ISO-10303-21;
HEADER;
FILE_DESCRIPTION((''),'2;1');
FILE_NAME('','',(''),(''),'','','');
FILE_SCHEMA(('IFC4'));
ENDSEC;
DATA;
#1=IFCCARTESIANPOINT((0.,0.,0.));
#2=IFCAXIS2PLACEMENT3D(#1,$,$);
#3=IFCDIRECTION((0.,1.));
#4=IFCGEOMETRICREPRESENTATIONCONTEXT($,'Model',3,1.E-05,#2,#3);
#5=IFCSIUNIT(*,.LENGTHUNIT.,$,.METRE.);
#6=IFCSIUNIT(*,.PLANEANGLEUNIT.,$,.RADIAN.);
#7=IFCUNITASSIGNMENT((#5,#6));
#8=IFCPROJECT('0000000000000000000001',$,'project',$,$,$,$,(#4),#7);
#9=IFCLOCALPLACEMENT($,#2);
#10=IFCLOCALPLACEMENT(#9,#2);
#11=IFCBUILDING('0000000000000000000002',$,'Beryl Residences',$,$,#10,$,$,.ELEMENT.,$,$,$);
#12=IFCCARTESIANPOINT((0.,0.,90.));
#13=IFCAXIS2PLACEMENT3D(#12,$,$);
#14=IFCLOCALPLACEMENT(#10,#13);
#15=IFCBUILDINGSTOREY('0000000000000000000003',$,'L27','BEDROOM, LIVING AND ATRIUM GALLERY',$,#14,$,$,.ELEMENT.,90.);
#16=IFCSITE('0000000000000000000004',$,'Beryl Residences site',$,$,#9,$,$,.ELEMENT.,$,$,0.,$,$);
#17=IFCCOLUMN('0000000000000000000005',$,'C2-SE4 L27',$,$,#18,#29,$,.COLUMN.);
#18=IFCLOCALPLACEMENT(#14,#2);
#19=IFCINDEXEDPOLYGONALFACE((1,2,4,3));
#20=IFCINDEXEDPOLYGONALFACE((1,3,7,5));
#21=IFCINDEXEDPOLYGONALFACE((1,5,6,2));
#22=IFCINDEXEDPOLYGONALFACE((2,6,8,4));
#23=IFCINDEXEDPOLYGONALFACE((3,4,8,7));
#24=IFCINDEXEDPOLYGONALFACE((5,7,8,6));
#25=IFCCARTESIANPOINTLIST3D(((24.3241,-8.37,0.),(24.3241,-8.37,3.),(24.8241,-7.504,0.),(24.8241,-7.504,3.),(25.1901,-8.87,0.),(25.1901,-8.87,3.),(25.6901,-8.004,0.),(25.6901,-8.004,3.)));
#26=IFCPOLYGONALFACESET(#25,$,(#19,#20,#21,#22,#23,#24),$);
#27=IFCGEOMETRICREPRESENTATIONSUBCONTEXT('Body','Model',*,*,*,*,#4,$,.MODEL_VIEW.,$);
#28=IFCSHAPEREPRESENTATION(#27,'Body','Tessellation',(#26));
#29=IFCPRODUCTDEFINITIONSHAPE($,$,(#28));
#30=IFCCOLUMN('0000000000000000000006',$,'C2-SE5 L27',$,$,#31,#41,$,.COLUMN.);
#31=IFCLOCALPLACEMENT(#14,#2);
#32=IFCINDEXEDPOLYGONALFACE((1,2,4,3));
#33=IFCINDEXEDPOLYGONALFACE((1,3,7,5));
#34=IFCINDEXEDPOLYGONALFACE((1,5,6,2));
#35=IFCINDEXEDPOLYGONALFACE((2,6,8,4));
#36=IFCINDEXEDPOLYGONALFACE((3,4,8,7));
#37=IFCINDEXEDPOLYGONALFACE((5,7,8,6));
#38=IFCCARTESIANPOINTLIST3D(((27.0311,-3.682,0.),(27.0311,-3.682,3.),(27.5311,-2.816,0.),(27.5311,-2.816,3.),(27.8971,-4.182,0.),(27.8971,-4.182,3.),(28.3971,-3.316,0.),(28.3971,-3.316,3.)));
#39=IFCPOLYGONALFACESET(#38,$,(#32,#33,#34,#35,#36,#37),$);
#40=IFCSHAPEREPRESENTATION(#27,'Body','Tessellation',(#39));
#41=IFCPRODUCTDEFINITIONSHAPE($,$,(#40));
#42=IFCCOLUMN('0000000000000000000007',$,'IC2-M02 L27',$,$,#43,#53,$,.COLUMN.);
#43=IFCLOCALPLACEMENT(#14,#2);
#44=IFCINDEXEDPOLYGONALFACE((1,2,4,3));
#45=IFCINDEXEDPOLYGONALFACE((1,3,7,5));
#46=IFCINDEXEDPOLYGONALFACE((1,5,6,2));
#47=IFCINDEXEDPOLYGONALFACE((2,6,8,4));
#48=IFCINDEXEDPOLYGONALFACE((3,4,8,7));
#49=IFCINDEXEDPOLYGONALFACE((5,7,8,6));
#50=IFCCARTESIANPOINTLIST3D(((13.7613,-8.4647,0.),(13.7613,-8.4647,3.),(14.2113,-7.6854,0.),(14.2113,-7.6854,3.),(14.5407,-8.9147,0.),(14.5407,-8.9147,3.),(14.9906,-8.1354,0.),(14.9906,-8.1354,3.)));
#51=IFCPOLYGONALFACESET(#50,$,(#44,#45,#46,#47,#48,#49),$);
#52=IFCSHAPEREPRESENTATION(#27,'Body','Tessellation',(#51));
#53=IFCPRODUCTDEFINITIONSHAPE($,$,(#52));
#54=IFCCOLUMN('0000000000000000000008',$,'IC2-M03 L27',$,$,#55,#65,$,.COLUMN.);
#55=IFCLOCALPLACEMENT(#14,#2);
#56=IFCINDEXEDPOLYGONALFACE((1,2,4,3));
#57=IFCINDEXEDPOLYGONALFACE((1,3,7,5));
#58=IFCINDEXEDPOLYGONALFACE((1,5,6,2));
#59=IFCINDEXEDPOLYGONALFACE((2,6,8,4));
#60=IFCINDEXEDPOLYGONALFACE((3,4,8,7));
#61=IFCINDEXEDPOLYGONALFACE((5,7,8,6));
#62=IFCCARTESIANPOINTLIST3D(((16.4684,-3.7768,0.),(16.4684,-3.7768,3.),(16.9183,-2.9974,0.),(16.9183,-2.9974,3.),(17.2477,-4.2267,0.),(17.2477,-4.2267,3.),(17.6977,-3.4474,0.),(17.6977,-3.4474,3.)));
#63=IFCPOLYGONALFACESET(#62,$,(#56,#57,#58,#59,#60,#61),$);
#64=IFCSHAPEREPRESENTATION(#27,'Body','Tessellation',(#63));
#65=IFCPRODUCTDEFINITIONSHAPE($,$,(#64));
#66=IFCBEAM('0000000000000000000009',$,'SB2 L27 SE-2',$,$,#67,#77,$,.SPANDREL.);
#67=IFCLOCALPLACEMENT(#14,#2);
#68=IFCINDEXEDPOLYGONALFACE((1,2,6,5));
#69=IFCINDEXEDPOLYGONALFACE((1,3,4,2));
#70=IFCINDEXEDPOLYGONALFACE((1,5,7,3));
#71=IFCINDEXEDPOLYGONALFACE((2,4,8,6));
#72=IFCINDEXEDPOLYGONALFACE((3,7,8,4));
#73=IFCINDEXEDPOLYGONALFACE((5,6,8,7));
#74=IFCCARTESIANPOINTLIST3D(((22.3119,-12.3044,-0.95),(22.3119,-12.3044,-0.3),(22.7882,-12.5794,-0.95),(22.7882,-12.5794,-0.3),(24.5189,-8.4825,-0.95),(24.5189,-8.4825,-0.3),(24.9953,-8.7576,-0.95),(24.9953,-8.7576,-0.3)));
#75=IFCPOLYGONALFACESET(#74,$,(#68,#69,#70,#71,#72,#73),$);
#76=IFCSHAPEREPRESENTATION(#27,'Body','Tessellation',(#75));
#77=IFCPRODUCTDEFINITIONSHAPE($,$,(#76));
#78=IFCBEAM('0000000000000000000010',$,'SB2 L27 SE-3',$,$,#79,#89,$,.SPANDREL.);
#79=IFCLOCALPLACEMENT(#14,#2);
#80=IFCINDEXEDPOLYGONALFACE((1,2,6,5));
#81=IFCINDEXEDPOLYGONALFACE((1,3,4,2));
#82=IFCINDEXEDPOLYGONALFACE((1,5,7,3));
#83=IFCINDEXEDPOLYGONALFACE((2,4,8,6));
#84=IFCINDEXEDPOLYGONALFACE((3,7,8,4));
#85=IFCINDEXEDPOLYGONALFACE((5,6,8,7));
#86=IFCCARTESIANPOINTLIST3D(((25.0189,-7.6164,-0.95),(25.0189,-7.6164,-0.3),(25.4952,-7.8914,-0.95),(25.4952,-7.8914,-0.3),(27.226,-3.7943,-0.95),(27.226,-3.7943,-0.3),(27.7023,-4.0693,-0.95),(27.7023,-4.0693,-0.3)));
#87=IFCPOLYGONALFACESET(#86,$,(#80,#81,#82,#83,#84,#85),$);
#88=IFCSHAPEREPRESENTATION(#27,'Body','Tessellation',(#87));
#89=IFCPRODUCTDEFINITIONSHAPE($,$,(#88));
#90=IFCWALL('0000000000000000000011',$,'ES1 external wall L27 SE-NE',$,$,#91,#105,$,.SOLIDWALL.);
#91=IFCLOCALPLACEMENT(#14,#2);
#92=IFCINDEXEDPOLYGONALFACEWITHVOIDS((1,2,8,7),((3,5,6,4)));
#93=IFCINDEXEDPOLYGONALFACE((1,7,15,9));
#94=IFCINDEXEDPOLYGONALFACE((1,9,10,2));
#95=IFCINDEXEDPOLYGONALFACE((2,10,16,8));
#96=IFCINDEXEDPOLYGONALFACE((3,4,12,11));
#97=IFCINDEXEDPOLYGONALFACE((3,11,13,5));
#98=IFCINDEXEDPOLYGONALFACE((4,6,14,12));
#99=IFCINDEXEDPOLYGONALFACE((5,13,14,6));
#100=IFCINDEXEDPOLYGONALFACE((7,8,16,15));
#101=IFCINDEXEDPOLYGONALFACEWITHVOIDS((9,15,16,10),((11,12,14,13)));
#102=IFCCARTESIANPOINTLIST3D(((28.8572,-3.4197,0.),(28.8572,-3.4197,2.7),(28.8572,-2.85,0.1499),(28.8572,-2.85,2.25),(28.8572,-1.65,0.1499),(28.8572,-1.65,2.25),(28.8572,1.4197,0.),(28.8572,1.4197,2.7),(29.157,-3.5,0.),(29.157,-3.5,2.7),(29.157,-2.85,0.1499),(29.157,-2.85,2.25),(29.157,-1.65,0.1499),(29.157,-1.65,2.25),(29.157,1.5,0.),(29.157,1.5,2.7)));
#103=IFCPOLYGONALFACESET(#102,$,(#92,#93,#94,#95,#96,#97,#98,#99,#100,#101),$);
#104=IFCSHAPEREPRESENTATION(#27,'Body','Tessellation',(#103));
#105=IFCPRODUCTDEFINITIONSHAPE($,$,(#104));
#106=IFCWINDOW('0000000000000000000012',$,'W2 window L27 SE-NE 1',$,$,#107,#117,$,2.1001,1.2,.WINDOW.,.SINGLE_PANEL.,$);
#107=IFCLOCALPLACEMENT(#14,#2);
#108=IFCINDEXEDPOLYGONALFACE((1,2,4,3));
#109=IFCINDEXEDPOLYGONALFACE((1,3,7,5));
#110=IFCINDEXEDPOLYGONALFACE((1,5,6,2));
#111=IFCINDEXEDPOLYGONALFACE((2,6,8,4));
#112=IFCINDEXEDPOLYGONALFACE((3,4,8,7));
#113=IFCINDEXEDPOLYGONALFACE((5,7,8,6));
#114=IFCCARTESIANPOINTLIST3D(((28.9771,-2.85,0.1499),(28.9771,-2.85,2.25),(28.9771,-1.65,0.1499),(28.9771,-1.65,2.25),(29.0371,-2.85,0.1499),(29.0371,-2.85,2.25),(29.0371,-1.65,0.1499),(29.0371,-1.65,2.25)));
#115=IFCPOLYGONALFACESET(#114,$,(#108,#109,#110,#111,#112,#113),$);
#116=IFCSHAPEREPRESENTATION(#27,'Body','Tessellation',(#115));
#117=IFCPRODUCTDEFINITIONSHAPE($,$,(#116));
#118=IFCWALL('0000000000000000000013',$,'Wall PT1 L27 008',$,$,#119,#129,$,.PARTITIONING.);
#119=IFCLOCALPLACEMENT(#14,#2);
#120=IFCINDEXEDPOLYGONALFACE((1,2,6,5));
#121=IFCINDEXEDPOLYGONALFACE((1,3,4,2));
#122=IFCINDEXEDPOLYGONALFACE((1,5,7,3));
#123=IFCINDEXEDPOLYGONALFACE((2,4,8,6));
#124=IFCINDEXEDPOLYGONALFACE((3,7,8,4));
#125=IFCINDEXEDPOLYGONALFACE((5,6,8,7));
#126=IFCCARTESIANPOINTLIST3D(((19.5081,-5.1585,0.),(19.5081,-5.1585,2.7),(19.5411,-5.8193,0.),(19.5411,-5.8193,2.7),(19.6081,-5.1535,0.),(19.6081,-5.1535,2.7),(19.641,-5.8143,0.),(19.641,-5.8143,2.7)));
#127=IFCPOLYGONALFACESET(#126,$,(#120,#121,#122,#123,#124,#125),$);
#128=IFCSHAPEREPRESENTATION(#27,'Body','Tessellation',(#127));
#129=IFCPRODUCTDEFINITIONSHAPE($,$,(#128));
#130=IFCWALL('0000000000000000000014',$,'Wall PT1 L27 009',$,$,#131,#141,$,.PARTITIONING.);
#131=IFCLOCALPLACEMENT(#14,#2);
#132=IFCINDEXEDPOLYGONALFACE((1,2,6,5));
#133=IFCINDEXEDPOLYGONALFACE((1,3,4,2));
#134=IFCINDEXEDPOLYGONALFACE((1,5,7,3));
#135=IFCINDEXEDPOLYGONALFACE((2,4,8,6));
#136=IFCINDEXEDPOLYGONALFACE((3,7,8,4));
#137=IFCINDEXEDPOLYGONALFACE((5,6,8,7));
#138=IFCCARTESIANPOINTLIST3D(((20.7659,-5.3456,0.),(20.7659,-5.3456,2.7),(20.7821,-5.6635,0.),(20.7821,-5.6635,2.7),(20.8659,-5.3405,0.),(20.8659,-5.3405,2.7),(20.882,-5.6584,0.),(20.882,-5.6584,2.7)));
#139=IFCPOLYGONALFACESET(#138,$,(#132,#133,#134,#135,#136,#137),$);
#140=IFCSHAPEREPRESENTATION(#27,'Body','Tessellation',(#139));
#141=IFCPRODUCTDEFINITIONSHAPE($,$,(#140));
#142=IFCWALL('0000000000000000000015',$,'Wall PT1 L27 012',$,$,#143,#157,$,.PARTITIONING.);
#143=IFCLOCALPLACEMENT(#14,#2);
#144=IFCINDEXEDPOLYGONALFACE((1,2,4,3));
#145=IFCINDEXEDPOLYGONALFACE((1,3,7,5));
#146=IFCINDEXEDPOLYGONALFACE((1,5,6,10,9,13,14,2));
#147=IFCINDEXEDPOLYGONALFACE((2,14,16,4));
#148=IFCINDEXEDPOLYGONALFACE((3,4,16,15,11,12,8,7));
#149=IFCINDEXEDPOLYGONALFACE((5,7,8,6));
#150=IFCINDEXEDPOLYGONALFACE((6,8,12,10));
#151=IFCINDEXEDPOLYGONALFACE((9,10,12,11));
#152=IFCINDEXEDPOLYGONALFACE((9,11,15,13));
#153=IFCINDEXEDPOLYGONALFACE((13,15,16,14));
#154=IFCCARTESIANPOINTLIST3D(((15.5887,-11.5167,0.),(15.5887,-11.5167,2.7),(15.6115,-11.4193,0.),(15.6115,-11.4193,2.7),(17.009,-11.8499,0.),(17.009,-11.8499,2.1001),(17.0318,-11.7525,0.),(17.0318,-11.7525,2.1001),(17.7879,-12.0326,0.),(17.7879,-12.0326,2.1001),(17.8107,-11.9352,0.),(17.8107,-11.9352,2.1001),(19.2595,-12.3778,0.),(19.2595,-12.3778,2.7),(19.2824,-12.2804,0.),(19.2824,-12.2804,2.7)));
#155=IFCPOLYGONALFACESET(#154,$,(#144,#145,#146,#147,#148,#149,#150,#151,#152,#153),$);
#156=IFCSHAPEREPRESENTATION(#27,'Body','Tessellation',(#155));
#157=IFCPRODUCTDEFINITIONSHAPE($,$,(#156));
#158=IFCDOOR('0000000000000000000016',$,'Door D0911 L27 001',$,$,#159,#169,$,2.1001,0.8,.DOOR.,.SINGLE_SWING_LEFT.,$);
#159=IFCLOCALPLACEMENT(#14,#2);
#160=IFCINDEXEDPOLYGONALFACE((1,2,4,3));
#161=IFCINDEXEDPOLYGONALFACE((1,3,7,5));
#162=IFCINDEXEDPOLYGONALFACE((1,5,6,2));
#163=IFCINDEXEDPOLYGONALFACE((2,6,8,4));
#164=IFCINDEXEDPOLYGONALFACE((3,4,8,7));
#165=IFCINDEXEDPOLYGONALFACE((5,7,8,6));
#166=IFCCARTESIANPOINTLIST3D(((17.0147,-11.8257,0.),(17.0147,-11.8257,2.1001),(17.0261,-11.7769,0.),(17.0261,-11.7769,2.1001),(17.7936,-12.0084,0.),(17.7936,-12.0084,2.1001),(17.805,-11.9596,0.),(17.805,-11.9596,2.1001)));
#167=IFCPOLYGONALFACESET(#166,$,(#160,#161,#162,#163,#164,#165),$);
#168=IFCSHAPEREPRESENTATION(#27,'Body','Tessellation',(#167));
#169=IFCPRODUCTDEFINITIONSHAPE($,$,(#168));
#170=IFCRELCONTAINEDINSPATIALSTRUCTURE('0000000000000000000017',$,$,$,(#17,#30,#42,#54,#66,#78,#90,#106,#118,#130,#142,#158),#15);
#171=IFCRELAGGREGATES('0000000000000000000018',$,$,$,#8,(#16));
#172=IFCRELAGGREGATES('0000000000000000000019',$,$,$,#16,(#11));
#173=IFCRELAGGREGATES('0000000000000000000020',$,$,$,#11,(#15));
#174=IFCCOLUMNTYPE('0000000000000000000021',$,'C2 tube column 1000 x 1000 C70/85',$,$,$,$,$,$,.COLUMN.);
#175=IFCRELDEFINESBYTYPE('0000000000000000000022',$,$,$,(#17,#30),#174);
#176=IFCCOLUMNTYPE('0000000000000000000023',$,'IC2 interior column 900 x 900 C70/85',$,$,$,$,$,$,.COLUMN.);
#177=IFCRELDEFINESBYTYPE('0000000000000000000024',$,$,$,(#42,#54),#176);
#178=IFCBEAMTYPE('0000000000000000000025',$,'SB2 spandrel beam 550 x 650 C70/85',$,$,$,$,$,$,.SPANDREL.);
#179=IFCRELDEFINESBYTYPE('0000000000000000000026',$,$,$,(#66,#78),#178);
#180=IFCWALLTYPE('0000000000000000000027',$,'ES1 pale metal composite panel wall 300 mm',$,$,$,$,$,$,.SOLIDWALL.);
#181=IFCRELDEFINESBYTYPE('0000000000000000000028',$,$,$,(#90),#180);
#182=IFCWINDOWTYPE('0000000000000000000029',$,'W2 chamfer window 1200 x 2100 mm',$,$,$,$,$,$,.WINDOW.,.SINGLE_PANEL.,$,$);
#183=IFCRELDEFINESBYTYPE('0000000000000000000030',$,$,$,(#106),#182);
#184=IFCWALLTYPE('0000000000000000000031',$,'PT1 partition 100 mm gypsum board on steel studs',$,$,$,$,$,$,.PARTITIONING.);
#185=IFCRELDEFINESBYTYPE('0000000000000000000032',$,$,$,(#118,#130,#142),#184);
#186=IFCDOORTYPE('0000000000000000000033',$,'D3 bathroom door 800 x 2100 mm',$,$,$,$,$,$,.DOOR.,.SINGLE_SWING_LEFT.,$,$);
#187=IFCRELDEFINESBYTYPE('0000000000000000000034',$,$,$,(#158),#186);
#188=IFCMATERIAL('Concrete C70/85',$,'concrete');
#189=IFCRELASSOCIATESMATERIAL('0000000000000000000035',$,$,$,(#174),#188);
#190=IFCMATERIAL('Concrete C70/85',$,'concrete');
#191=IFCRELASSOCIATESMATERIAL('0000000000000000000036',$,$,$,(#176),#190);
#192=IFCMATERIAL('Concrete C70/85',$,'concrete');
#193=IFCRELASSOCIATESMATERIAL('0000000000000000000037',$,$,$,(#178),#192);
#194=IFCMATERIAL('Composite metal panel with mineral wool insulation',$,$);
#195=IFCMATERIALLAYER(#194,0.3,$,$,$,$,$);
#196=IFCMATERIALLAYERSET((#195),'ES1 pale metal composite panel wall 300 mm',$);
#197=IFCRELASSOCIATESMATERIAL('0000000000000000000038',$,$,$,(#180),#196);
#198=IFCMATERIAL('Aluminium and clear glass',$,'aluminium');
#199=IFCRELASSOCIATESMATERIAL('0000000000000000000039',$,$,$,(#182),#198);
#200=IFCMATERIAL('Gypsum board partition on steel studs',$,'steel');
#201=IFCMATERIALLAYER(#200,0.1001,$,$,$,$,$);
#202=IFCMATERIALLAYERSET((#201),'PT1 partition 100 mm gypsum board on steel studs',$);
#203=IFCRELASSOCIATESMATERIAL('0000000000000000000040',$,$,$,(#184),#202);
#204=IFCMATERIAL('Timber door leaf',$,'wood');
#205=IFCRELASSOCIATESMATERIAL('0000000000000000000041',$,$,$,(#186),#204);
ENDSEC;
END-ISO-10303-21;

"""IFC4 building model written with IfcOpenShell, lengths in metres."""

from ifc_helpers import new_model, si_unit, direction, frame, frame_2d, origin, origin_2d, place, context, subcontext, project, spatial, polyline, rectangle, outline, extrude, material, layer, layer_set, material_profile, profile_set, type_object, element, fill, save


model = new_model("IFC4")

# Units and contexts
model_context = context("Model", 3, precision=1e-05, world=origin(), true_north=direction((0.0, 1.0)))
body_context = subcontext(model_context, "Body", "Model", "MODEL_VIEW")
ifc_project = project(units=[si_unit("LENGTHUNIT", "METRE"), si_unit("PLANEANGLEUNIT", "RADIAN")], contexts=[model_context])

# Site, building, storey
site_placement = place(None, origin())
site = spatial("IfcSite", under=ifc_project, at=site_placement, Name="Beryl Residences site", CompositionType="ELEMENT", RefElevation=0.0)
building_placement = place(site_placement, origin())
building = spatial("IfcBuilding", under=site, at=building_placement, Name="Beryl Residences", CompositionType="ELEMENT")
storey_placement = place(building_placement, frame((0.0, 0.0, 90.0)))
storey = spatial("IfcBuildingStorey", under=building, at=storey_placement, Name="L27", Description="BEDROOM, LIVING AND ATRIUM GALLERY", CompositionType="ELEMENT", Elevation=90.0)

# Columns
ifc_material_1 = material(Name="Concrete C70/85", Category="concrete")
ifc_material_profile_1 = material_profile(ifc_material_1, rectangle(XDim=1.0, YDim=1.0, at=origin_2d()))
ifc_profile_set_1 = profile_set([ifc_material_profile_1], Name="Concrete C70/85")
column_type_1 = type_object("IfcColumnType", Name="C2 tube column 1000 x 1000 C70/85", PredefinedType="COLUMN", material=ifc_profile_set_1)
for number, where, z_axis, x_axis, name in (
    (1, (25.0071, -8.187, 0.0), (0.0, 0.0, 1.0), (0.5, 0.866025, 0.0), "C2-SE4 L27"),
    (2, (27.7141, -3.499, 0.0), (0.0, 0.0, 1.0), (0.5, 0.866025, 0.0), "C2-SE5 L27"),
):
    element("IfcColumn", number, at=place(storey_placement, frame(where, z_axis=z_axis, x_axis=x_axis)), inside=storey, type_object=column_type_1, Name=name, PredefinedType="COLUMN", context=body_context, shape_type="SweptSolid", body=[
        extrude(rectangle(XDim=1.0, YDim=1.0, at=origin_2d()), origin(), (0.0, 0.0, 1.0), 3.0),
    ])
ifc_material_2 = material(Name="Concrete C70/85", Category="concrete")
ifc_material_profile_2 = material_profile(ifc_material_2, rectangle(XDim=0.8999, YDim=0.8999, at=origin_2d()))
ifc_profile_set_2 = profile_set([ifc_material_profile_2], Name="Concrete C70/85")
column_type_2 = type_object("IfcColumnType", Name="IC2 interior column 900 x 900 C70/85", PredefinedType="COLUMN", material=ifc_profile_set_2)
for number, where, z_axis, x_axis, name in (
    (3, (14.376, -8.3, 0.0), (0.0, 0.0, 1.0), (0.5, 0.866025, 0.0), "IC2-M02 L27"),
    (4, (17.083, -3.6121, 0.0), (0.0, 0.0, 1.0), (0.5, 0.866025, 0.0), "IC2-M03 L27"),
):
    element("IfcColumn", number, at=place(storey_placement, frame(where, z_axis=z_axis, x_axis=x_axis)), inside=storey, type_object=column_type_2, Name=name, PredefinedType="COLUMN", context=body_context, shape_type="SweptSolid", body=[
        extrude(rectangle(XDim=0.8999, YDim=0.8999, at=origin_2d()), origin(), (0.0, 0.0, 1.0), 3.0),
    ])

# Beams
ifc_material_3 = material(Name="Concrete C70/85", Category="concrete")
ifc_material_profile_3 = material_profile(ifc_material_3, rectangle(XDim=0.55, YDim=0.6499, at=origin_2d()))
ifc_profile_set_3 = profile_set([ifc_material_profile_3], Name="Concrete C70/85")
beam_type = type_object("IfcBeamType", Name="SB2 spandrel beam 550 x 650 C70/85", PredefinedType="SPANDREL", material=ifc_profile_set_3)
beam_1_placement = place(storey_placement, frame((22.55, -12.4419, -0.625), z_axis=(0.50009, 0.865974, 0.0), x_axis=(-0.865974, 0.50009, 0.0)))
element("IfcBeam", 5, at=beam_1_placement, inside=storey, type_object=beam_type, Name="SB2 L27 SE-2", PredefinedType="SPANDREL", context=body_context, shape_type="SweptSolid", body=[
    extrude(rectangle(XDim=0.55, YDim=0.6499, at=origin_2d()), origin(), (0.0, 0.0, 1.0), 4.4133),
])
beam_2_placement = place(storey_placement, frame((25.2571, -7.7539, -0.625), z_axis=(0.500066, 0.865988, 0.0), x_axis=(-0.865988, 0.500066, 0.0)))
element("IfcBeam", 6, at=beam_2_placement, inside=storey, type_object=beam_type, Name="SB2 L27 SE-3", PredefinedType="SPANDREL", context=body_context, shape_type="SweptSolid", body=[
    extrude(rectangle(XDim=0.55, YDim=0.6499, at=origin_2d()), origin(), (0.0, 0.0, 1.0), 4.4136),
])

# Wall, opening, window
ifc_material_4 = material(Name="Composite metal panel with mineral wool insulation")
ifc_layer_1 = layer(ifc_material_4, 0.3)
ifc_layer_set_1 = layer_set([ifc_layer_1], Name="ES1 pale metal composite panel wall 300 mm")
wall_type_1 = type_object("IfcWallType", Name="ES1 pale metal composite panel wall 300 mm", PredefinedType="SOLIDWALL", material=ifc_layer_set_1)
wall_1_placement = place(storey_placement, frame((29.0071, -3.5, 0.0), z_axis=(0.0, 0.0, 1.0), x_axis=(0.0, 1.0, 0.0)))
wall_1 = element("IfcWall", 7, at=wall_1_placement, inside=storey, type_object=wall_type_1, Name="ES1 external wall L27 SE-NE", PredefinedType="SOLIDWALL", context=body_context, shape_type="SweptSolid", body=[
    extrude(outline(polyline([(0.0, -0.1499), (5.0, -0.1499), (4.9197, 0.1499), (0.0803, 0.1499), (0.0, -0.1499)])), origin(), (0.0, 0.0, 1.0), 2.7),
])
opening_1_placement = place(wall_1_placement, frame((0.6499, 0.0, 0.1499)))
opening_1 = element("IfcOpeningElement", 8, at=opening_1_placement, cuts=wall_1, PredefinedType="OPENING", context=body_context, shape_type="SweptSolid", body=[
    extrude(rectangle(XDim=1.2, YDim=2.1001, at=frame_2d((0.6001, 1.05))), frame((0.0, 0.1599, 0.0), z_axis=(0.0, -1.0, 0.0), x_axis=(1.0, 0.0, 0.0)), (0.0, 0.0, 1.0), 0.3201),
])
ifc_material_5 = material(Name="Aluminium and clear glass", Category="aluminium")
window_type = type_object("IfcWindowType", Name="W2 chamfer window 1200 x 2100 mm", PartitioningType="SINGLE_PANEL", PredefinedType="WINDOW", material=ifc_material_5)
window_placement = place(opening_1_placement, origin())
window = element("IfcWindow", 9, at=window_placement, inside=storey, type_object=window_type, Name="W2 window L27 SE-NE 1", OverallHeight=2.1001, OverallWidth=1.2, PartitioningType="SINGLE_PANEL", PredefinedType="WINDOW", context=body_context, shape_type="SweptSolid", body=[
    extrude(rectangle(XDim=1.2, YDim=2.1001, at=frame_2d((0.6001, 1.05))), frame((0.0, 0.03, 0.0), z_axis=(0.0, -1.0, 0.0), x_axis=(1.0, 0.0, 0.0)), (0.0, 0.0, 1.0), 0.0601),
])
fill(opening_1, window)

# Walls
ifc_material_6 = material(Name="Gypsum board partition on steel studs", Category="steel")
ifc_layer_2 = layer(ifc_material_6, 0.1001)
ifc_layer_set_2 = layer_set([ifc_layer_2], Name="PT1 partition 100 mm gypsum board on steel studs")
wall_type_2 = type_object("IfcWallType", Name="PT1 partition 100 mm gypsum board on steel studs", PredefinedType="PARTITIONING", material=ifc_layer_set_2)
wall_2_placement = place(storey_placement, frame((19.5581, -5.156, 0.0), z_axis=(0.0, 0.0, 1.0), x_axis=(0.049809, -0.998759, 0.0)))
element("IfcWall", 10, at=wall_2_placement, inside=storey, type_object=wall_type_2, Name="Wall PT1 L27 008", PredefinedType="PARTITIONING", context=body_context, shape_type="SweptSolid", body=[
    extrude(rectangle(XDim=0.6616, YDim=0.1001, at=frame_2d((0.3308, 0.0))), origin(), (0.0, 0.0, 1.0), 2.7),
])
wall_3_placement = place(storey_placement, frame((20.8159, -5.343, 0.0), z_axis=(0.0, 0.0, 1.0), x_axis=(0.050626, -0.998718, 0.0)))
element("IfcWall", 11, at=wall_3_placement, inside=storey, type_object=wall_type_2, Name="Wall PT1 L27 009", PredefinedType="PARTITIONING", context=body_context, shape_type="SweptSolid", body=[
    extrude(rectangle(XDim=0.3184, YDim=0.1001, at=frame_2d((0.1592, 0.0))), origin(), (0.0, 0.0, 1.0), 2.7),
])

# Wall, opening, door
wall_4_placement = place(storey_placement, frame((15.6001, -11.468, 0.0), z_axis=(0.0, 0.0, 1.0), x_axis=(0.973574, -0.228372, 0.0)))
wall_4 = element("IfcWall", 12, at=wall_4_placement, inside=storey, type_object=wall_type_2, Name="Wall PT1 L27 012", PredefinedType="PARTITIONING", context=body_context, shape_type="SweptSolid", body=[
    extrude(rectangle(XDim=3.7705, YDim=0.1001, at=frame_2d((1.8853, 0.0))), origin(), (0.0, 0.0, 1.0), 2.7),
])
opening_2_placement = place(wall_4_placement, frame((1.459, 0.0, 0.0)))
opening_2 = element("IfcOpeningElement", 13, at=opening_2_placement, cuts=wall_4, PredefinedType="OPENING", context=body_context, shape_type="SweptSolid", body=[
    extrude(rectangle(XDim=0.8, YDim=2.1001, at=frame_2d((0.3999, 1.05))), frame((0.0, 0.0601, 0.0), z_axis=(0.0, -1.0, 0.0), x_axis=(1.0, 0.0, 0.0)), (0.0, 0.0, 1.0), 0.1201),
])
ifc_material_7 = material(Name="Timber door leaf", Category="wood")
door_type_1 = type_object("IfcDoorType", Name="D3 bathroom door 800 x 2100 mm", OperationType="SINGLE_SWING_LEFT", PredefinedType="DOOR", material=ifc_material_7)
door_1_placement = place(opening_2_placement, origin())
door_1 = element("IfcDoor", 14, at=door_1_placement, inside=storey, type_object=door_type_1, Name="Door D0911 L27 001", OperationType="SINGLE_SWING_LEFT", OverallHeight=2.1001, OverallWidth=0.8, PredefinedType="DOOR", context=body_context, shape_type="SweptSolid", body=[
    extrude(rectangle(XDim=0.8, YDim=2.1001, at=frame_2d((0.3999, 1.05))), frame((0.0, 0.0249, 0.0), z_axis=(0.0, -1.0, 0.0), x_axis=(1.0, 0.0, 0.0)), (0.0, 0.0, 1.0), 0.05),
])
fill(opening_2, door_1)

save(model, "model.ifc")
